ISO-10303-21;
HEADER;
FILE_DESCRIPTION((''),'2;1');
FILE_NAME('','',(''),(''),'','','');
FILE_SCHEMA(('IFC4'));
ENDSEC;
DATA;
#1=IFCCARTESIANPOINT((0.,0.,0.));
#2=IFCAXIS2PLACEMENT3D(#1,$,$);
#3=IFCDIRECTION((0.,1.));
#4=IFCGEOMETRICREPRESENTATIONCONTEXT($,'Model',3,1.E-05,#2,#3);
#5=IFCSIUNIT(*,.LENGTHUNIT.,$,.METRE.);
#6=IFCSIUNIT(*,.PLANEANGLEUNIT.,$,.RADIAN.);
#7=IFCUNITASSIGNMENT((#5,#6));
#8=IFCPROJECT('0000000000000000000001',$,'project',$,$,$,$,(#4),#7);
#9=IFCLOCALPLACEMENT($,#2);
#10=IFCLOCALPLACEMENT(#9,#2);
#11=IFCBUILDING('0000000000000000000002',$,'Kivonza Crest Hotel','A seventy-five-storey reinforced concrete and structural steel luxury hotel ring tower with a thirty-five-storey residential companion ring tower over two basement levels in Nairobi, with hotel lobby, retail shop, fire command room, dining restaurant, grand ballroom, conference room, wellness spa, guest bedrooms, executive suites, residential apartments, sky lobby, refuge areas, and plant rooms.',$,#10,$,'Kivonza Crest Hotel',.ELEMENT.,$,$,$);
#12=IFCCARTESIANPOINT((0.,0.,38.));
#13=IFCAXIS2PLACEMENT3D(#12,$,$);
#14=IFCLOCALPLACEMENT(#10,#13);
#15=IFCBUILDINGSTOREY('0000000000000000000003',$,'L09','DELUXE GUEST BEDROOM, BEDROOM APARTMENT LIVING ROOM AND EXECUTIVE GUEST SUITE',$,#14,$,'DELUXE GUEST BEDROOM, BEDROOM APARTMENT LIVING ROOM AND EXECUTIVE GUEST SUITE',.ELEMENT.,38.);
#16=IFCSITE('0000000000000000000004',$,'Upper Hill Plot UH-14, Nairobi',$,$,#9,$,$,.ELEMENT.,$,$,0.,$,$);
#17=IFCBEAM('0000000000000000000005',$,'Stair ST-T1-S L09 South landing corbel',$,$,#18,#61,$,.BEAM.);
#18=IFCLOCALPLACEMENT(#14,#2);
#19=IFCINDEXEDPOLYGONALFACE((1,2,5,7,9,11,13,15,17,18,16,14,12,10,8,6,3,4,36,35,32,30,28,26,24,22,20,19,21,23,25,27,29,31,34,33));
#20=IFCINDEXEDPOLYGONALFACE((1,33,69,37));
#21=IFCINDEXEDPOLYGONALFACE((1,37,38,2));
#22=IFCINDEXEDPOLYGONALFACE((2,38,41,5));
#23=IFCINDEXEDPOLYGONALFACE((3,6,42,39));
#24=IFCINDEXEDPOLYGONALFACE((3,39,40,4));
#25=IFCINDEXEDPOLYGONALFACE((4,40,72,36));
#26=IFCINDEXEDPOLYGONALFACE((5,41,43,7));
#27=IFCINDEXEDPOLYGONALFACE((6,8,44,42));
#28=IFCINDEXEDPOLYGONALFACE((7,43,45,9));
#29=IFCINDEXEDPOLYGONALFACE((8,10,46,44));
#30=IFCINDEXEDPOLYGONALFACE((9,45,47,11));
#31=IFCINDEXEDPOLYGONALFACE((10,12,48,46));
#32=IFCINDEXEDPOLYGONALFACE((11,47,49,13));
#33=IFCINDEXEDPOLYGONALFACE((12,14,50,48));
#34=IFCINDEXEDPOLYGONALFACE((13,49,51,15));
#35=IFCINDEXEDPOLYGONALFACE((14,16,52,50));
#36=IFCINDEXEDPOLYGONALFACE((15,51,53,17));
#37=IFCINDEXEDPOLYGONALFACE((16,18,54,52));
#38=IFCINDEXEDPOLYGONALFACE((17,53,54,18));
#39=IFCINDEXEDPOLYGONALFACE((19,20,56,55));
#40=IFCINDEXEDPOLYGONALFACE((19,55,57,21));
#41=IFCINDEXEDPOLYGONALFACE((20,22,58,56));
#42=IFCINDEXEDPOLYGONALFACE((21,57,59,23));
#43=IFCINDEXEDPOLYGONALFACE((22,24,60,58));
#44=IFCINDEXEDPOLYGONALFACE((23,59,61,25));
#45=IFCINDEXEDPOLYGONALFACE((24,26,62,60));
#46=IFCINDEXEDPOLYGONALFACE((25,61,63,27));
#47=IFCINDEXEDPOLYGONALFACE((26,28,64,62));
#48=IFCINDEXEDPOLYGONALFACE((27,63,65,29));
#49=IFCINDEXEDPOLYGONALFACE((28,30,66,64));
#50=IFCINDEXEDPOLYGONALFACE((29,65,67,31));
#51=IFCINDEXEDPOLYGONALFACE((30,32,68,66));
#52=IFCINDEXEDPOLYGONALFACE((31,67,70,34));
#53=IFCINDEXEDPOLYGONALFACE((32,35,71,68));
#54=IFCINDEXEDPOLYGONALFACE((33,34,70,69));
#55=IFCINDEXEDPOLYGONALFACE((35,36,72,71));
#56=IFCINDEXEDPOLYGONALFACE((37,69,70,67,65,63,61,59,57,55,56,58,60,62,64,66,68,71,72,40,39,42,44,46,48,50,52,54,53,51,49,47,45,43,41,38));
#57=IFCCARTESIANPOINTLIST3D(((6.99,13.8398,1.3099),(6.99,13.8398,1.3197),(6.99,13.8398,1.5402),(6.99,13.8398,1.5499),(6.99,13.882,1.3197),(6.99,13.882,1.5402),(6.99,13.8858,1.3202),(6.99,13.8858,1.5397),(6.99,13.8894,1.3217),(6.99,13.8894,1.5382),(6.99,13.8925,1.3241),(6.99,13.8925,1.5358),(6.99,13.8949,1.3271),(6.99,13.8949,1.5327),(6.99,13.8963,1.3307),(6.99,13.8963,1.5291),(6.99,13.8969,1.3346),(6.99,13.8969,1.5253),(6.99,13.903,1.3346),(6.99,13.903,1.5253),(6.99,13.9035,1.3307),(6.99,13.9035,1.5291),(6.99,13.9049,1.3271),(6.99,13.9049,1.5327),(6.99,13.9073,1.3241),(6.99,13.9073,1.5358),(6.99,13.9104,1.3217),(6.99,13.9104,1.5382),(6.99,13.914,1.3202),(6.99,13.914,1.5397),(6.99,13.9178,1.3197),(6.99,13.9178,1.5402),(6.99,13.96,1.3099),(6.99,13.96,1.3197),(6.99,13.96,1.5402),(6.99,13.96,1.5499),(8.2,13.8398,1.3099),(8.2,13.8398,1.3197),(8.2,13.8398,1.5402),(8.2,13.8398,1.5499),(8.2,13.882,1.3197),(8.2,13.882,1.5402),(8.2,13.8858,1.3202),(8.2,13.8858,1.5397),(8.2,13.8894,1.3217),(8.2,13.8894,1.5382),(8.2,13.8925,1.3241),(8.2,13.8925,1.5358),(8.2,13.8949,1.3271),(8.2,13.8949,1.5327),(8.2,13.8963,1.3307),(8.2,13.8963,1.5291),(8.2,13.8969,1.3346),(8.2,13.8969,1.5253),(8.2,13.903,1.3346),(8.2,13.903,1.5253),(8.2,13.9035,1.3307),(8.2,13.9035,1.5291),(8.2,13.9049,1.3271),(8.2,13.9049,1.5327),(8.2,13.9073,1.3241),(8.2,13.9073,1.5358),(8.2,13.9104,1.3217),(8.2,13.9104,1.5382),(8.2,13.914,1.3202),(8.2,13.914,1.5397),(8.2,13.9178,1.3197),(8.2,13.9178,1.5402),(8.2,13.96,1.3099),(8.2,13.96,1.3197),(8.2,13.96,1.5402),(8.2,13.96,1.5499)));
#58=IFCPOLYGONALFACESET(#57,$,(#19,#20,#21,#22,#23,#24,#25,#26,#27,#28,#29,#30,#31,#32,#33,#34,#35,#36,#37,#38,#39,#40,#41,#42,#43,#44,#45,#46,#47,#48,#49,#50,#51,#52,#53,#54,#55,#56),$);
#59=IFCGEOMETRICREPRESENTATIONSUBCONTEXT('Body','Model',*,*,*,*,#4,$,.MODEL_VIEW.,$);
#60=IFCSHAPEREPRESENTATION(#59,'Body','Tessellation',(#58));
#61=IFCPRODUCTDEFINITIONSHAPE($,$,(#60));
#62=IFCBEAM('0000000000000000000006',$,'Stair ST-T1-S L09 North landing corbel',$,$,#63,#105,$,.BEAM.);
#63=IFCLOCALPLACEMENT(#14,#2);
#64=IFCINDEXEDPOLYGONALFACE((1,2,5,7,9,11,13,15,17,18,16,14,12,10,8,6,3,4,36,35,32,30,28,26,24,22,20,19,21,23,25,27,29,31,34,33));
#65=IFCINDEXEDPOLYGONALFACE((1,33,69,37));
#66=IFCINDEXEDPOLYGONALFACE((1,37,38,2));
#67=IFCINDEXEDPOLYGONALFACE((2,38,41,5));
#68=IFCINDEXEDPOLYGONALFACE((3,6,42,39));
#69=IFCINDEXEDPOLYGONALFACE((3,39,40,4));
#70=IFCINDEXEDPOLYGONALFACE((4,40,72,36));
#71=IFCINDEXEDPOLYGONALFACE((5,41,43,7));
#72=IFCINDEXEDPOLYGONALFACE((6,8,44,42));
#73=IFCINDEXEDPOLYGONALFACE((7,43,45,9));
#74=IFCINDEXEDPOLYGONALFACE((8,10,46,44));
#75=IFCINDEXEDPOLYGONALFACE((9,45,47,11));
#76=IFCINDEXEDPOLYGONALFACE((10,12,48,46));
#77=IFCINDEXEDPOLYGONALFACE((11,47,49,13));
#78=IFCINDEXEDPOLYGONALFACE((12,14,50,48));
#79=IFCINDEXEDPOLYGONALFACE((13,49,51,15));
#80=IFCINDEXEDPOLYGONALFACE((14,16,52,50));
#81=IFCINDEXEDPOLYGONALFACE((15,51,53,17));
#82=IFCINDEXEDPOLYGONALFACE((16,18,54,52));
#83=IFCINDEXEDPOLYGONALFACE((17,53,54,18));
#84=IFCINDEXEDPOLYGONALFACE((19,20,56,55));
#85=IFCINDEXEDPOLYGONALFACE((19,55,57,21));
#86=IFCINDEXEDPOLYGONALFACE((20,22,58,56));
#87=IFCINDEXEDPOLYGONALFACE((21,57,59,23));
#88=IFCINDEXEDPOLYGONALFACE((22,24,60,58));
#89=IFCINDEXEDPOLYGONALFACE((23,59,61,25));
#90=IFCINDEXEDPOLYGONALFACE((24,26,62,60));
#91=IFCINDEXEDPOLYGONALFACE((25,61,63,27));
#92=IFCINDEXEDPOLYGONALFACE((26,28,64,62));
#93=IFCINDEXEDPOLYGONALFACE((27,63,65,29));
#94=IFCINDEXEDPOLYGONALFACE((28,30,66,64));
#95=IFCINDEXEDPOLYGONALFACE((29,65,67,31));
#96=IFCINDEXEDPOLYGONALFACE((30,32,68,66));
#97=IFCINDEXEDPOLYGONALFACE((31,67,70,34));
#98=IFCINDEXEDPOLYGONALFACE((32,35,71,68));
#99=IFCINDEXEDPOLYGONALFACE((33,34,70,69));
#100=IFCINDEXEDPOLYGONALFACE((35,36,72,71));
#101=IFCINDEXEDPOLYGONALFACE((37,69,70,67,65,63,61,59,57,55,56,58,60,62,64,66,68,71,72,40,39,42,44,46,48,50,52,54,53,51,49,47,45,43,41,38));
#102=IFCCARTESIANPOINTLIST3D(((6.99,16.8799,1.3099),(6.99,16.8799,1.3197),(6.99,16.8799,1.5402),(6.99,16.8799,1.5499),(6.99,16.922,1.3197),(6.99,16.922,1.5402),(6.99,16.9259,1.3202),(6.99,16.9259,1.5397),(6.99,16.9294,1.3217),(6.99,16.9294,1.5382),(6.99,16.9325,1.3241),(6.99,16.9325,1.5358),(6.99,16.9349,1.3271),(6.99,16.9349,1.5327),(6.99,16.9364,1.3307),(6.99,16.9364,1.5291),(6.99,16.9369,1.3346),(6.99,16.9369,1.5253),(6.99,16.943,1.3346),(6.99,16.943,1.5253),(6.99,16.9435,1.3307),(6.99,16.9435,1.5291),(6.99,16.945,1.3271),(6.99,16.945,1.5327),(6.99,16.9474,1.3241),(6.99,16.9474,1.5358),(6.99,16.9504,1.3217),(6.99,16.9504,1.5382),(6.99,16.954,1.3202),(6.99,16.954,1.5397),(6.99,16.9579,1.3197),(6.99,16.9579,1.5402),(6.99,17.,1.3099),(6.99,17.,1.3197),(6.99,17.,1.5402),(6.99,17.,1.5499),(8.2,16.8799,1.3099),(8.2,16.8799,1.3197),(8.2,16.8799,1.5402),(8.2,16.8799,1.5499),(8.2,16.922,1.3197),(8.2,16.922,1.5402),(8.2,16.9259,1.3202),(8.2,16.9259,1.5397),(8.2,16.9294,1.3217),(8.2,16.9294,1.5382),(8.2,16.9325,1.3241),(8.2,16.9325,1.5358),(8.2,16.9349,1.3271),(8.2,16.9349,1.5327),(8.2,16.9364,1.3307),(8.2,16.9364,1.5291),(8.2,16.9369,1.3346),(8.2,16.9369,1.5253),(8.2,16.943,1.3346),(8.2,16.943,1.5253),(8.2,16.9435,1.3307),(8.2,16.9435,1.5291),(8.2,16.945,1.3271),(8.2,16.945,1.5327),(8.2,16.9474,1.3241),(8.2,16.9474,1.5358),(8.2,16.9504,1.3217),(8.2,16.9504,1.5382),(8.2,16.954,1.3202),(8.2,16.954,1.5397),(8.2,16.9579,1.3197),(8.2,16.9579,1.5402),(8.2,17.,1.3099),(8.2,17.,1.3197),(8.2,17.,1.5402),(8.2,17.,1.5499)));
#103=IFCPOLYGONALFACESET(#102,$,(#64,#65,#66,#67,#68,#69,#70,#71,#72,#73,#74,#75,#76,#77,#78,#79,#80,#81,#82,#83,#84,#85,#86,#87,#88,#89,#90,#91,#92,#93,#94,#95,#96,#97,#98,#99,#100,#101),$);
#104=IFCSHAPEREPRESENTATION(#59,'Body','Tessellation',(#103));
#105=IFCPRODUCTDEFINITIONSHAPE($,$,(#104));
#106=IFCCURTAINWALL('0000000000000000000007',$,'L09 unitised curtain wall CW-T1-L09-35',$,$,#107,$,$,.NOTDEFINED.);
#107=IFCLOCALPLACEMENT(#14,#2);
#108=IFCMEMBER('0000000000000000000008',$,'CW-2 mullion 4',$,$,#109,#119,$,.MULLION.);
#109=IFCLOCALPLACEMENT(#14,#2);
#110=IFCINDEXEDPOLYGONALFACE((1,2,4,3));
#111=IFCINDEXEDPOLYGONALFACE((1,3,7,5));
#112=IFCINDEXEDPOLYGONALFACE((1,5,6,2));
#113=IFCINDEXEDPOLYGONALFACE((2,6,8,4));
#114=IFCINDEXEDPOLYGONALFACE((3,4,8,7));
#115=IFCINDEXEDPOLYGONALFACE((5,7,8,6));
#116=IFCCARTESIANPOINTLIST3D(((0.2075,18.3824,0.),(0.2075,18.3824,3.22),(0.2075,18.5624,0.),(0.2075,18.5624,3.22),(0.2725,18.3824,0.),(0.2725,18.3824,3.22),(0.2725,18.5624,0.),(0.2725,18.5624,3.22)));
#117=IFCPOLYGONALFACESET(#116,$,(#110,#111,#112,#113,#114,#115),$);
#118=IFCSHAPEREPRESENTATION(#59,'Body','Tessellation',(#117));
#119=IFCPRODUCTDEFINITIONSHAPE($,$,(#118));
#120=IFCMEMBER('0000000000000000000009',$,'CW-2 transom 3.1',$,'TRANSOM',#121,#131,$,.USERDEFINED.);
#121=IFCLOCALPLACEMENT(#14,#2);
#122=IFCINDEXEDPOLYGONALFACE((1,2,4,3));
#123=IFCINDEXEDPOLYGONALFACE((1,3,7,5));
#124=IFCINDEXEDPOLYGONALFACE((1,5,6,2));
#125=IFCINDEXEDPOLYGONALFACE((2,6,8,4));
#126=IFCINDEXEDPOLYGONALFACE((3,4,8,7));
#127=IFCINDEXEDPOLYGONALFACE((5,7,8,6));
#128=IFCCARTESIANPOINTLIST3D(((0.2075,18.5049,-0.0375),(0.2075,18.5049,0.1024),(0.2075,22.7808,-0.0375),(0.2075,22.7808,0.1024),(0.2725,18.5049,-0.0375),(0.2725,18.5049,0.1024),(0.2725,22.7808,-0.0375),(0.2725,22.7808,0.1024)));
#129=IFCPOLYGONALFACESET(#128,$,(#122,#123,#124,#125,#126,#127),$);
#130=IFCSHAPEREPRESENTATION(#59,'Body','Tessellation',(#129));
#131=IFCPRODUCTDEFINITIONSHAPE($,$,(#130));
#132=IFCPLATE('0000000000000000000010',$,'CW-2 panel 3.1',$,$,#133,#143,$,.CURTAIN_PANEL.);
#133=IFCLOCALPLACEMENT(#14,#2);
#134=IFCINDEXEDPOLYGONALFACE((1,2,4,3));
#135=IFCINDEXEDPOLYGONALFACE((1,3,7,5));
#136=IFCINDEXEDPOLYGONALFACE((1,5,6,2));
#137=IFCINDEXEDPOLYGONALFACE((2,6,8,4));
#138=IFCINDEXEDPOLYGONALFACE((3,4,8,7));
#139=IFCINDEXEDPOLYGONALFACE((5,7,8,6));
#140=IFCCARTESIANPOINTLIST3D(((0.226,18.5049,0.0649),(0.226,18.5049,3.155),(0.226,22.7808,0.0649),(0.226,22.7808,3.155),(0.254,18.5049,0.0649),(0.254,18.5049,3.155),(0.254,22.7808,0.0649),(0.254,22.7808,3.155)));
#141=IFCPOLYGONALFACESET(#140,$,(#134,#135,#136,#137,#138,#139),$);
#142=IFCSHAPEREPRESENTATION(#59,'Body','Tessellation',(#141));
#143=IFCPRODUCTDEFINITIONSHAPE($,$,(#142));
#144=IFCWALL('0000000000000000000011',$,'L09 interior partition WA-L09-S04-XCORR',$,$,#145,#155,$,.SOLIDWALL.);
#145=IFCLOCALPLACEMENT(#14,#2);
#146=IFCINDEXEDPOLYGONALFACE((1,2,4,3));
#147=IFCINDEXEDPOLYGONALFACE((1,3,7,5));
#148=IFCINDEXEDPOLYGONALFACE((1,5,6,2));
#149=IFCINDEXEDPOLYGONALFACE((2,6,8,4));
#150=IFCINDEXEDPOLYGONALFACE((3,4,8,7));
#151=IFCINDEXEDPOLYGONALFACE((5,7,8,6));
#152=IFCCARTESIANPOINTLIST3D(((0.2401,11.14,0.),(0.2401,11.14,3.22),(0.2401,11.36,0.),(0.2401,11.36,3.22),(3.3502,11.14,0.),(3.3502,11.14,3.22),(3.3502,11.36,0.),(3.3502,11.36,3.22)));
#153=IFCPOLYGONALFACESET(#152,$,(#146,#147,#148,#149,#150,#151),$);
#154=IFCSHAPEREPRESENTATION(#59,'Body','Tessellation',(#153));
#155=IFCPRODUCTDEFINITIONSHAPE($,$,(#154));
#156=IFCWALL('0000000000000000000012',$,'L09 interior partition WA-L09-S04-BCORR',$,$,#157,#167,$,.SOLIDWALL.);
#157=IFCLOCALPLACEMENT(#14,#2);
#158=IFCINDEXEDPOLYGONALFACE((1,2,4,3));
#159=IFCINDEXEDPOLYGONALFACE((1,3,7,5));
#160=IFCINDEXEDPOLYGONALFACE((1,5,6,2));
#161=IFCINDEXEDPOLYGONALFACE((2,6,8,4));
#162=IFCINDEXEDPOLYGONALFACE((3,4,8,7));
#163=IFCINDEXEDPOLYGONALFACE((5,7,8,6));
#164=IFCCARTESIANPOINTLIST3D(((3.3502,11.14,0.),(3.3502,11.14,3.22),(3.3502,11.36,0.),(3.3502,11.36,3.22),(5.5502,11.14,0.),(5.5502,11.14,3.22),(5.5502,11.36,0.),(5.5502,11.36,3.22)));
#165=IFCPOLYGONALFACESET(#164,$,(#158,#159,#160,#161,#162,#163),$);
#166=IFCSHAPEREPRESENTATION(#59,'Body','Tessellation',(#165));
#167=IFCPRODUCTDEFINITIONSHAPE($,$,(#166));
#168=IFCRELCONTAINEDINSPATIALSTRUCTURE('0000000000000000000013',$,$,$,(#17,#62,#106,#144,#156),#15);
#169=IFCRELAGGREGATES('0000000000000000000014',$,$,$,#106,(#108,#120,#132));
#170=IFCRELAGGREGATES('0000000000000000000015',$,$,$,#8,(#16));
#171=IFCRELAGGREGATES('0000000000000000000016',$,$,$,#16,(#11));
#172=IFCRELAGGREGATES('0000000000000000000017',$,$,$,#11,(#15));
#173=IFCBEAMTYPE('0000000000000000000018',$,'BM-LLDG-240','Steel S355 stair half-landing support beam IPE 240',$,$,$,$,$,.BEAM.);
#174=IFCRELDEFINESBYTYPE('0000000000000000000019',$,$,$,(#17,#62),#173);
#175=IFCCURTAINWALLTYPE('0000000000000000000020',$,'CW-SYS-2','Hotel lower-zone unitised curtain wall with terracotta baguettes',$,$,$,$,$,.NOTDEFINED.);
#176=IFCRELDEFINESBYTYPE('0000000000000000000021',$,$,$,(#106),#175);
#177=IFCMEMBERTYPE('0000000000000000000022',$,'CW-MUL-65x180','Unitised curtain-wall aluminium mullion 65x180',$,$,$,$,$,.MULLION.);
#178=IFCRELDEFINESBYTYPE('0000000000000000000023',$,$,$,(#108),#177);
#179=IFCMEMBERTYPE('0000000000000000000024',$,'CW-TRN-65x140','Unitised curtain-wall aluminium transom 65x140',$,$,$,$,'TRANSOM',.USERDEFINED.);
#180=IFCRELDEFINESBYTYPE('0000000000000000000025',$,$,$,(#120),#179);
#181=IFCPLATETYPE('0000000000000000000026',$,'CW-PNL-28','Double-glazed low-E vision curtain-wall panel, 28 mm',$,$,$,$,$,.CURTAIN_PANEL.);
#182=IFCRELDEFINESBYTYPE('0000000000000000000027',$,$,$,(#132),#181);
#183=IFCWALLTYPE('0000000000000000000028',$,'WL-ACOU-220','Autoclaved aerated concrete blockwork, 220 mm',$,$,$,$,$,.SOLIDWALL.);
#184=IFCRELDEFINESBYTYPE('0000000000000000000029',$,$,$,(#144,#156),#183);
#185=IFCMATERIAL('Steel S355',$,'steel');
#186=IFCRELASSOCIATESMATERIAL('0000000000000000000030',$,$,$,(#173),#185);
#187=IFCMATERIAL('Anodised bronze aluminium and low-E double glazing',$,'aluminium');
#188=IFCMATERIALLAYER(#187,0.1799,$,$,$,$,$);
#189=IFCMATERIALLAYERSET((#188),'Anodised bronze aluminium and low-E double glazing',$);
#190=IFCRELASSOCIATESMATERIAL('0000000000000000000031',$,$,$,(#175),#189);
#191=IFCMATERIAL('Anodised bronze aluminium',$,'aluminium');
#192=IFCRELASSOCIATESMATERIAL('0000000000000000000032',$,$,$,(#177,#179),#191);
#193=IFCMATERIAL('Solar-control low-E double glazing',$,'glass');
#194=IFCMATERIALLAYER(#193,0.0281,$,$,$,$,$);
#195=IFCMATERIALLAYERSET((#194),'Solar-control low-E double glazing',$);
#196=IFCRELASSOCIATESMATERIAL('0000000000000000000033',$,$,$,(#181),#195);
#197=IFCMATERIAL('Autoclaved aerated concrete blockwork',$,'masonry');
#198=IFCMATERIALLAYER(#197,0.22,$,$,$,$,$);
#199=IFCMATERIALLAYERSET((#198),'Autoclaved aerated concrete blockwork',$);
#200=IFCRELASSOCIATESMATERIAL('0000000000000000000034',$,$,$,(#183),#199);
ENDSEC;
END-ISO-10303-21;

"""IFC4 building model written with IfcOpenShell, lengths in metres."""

from ifc_helpers import new_model, si_unit, direction, frame, frame_2d, origin, origin_2d, place, context, subcontext, project, spatial, rectangle, i_section, extrude, material, layer, layer_set, material_profile, profile_set, type_object, element, aggregate, save


model = new_model("IFC4")

# Units and contexts
model_context = context("Model", 3, precision=1e-05, world=origin(), true_north=direction((0.0, 1.0)))
body_context = subcontext(model_context, "Body", "Model", "MODEL_VIEW")
ifc_project = project(units=[si_unit("LENGTHUNIT", "METRE"), si_unit("PLANEANGLEUNIT", "RADIAN")], contexts=[model_context])

# Site, building, storey
site_placement = place(None, origin())
site = spatial("IfcSite", under=ifc_project, at=site_placement, Name="Upper Hill Plot UH-14, Nairobi", CompositionType="ELEMENT", RefElevation=0.0)
building_placement = place(site_placement, origin())
building = spatial("IfcBuilding", under=site, at=building_placement, Name="Kivonza Crest Hotel", Description="A seventy-five-storey reinforced concrete and structural steel luxury hotel ring tower with a thirty-five-storey residential companion ring tower over two basement levels in Nairobi, with hotel lobby, retail shop, fire command room, dining restaurant, grand ballroom, conference room, wellness spa, guest bedrooms, executive suites, residential apartments, sky lobby, refuge areas, and plant rooms.", LongName="Kivonza Crest Hotel", CompositionType="ELEMENT")
storey_placement = place(building_placement, frame((0.0, 0.0, 38.0)))
storey = spatial("IfcBuildingStorey", under=building, at=storey_placement, Name="L09", Description="DELUXE GUEST BEDROOM, BEDROOM APARTMENT LIVING ROOM AND EXECUTIVE GUEST SUITE", LongName="DELUXE GUEST BEDROOM, BEDROOM APARTMENT LIVING ROOM AND EXECUTIVE GUEST SUITE", CompositionType="ELEMENT", Elevation=38.0)

# Beams
ifc_material_1 = material(Name="Steel S355", Category="steel")
ifc_material_profile_1 = material_profile(ifc_material_1, i_section(OverallWidth=0.1201, OverallDepth=0.24, WebThickness=0.0061, FlangeThickness=0.0098, FilletRadius=0.0149, at=origin_2d()), Name="IPE 240")
ifc_profile_set_1 = profile_set([ifc_material_profile_1], Name="Steel S355")
beam_type_1 = type_object("IfcBeamType", Name="BM-LLDG-240", Description="Steel S355 stair half-landing support beam IPE 240", PredefinedType="BEAM", material=ifc_profile_set_1)
for number, where, z_axis, x_axis, name in (
    (1, (6.99, 13.8999, 1.4299), (1.0, 0.0, 0.0), (0.0, 1.0, 0.0), "Stair ST-T1-S L09 South landing corbel"),
    (2, (6.99, 16.9399, 1.4299), (1.0, 0.0, 0.0), (0.0, 1.0, 0.0), "Stair ST-T1-S L09 North landing corbel"),
):
    element("IfcBeam", number, at=place(storey_placement, frame(where, z_axis=z_axis, x_axis=x_axis)), inside=storey, type_object=beam_type_1, Name=name, PredefinedType="BEAM", context=body_context, shape_type="SweptSolid", body=[
        extrude(i_section(OverallWidth=0.1201, OverallDepth=0.24, WebThickness=0.0061, FlangeThickness=0.0098, FilletRadius=0.0149, at=origin_2d()), origin(), (0.0, 0.0, 1.0), 1.21),
    ])

# Curtain wall, members, plate
ifc_material_2 = material(Name="Anodised bronze aluminium and low-E double glazing", Category="aluminium")
ifc_layer_1 = layer(ifc_material_2, 0.1799)
ifc_layer_set_1 = layer_set([ifc_layer_1], Name="Anodised bronze aluminium and low-E double glazing")
curtain_wall_type = type_object("IfcCurtainWallType", Name="CW-SYS-2", Description="Hotel lower-zone unitised curtain wall with terracotta baguettes", PredefinedType="NOTDEFINED", material=ifc_layer_set_1)
curtain_wall_placement = place(storey_placement, origin())
curtain_wall = element("IfcCurtainWall", 3, at=curtain_wall_placement, inside=storey, type_object=curtain_wall_type, Name="L09 unitised curtain wall CW-T1-L09-35", PredefinedType="NOTDEFINED")
ifc_material_3 = material(Name="Anodised bronze aluminium", Category="aluminium")
ifc_material_profile_2 = material_profile(ifc_material_3, rectangle(XDim=0.0649, YDim=0.1799, at=origin_2d()), Name="CW-M 65x180")
ifc_profile_set_2 = profile_set([ifc_material_profile_2], Name="Anodised bronze aluminium")
member_type_1 = type_object("IfcMemberType", Name="CW-MUL-65x180", Description="Unitised curtain-wall aluminium mullion 65x180", PredefinedType="MULLION", material=ifc_profile_set_2)
member_1_placement = place(storey_placement, frame((0.24, 18.4724, 0.0), z_axis=(0.0, 0.0, 1.0), x_axis=(1.0, 0.0, 0.0)))
member_1 = element("IfcMember", 4, at=member_1_placement, type_object=member_type_1, Name="CW-2 mullion 4", PredefinedType="MULLION", context=body_context, shape_type="SweptSolid", body=[
    extrude(rectangle(XDim=0.0649, YDim=0.1799, at=origin_2d()), origin(), (0.0, 0.0, 1.0), 3.22),
])
ifc_material_profile_3 = material_profile(ifc_material_3, rectangle(XDim=0.0649, YDim=0.1399, at=origin_2d()), Name="CW-T 65x140")
ifc_profile_set_3 = profile_set([ifc_material_profile_3], Name="Anodised bronze aluminium")
member_type_2 = type_object("IfcMemberType", Name="CW-TRN-65x140", Description="Unitised curtain-wall aluminium transom 65x140", ElementType="TRANSOM", PredefinedType="USERDEFINED", material=ifc_profile_set_3)
member_2_placement = place(storey_placement, frame((0.24, 22.7808, 0.0325), z_axis=(0.0, -1.0, 0.0), x_axis=(1.0, 0.0, 0.0)))
member_2 = element("IfcMember", 5, at=member_2_placement, type_object=member_type_2, Name="CW-2 transom 3.1", ObjectType="TRANSOM", PredefinedType="USERDEFINED", context=body_context, shape_type="SweptSolid", body=[
    extrude(rectangle(XDim=0.0649, YDim=0.1399, at=origin_2d()), origin(), (0.0, 0.0, 1.0), 4.2759),
])
ifc_material_4 = material(Name="Solar-control low-E double glazing", Category="glass")
ifc_layer_2 = layer(ifc_material_4, 0.0281)
ifc_layer_set_2 = layer_set([ifc_layer_2], Name="Solar-control low-E double glazing")
plate_type = type_object("IfcPlateType", Name="CW-PNL-28", Description="Double-glazed low-E vision curtain-wall panel, 28 mm", PredefinedType="CURTAIN_PANEL", material=ifc_layer_set_2)
plate_placement = place(storey_placement, frame((0.24, 20.6428, 0.0649), z_axis=(0.0, 0.0, 1.0), x_axis=(0.0, -1.0, 0.0)))
plate = element("IfcPlate", 6, at=plate_placement, type_object=plate_type, Name="CW-2 panel 3.1", PredefinedType="CURTAIN_PANEL", context=body_context, shape_type="SweptSolid", body=[
    extrude(rectangle(XDim=4.2759, YDim=0.0281, at=origin_2d()), origin(), (0.0, 0.0, 1.0), 3.0901),
])
aggregate(curtain_wall, [member_1, member_2, plate])

# Walls
ifc_material_5 = material(Name="Autoclaved aerated concrete blockwork", Category="masonry")
ifc_layer_3 = layer(ifc_material_5, 0.22)
ifc_layer_set_3 = layer_set([ifc_layer_3], Name="Autoclaved aerated concrete blockwork")
wall_type_1 = type_object("IfcWallType", Name="WL-ACOU-220", Description="Autoclaved aerated concrete blockwork, 220 mm", PredefinedType="SOLIDWALL", material=ifc_layer_set_3)
wall_1_placement = place(storey_placement, frame((0.24, 11.25, 0.0), z_axis=(0.0, 0.0, 1.0), x_axis=(1.0, 0.0, 0.0)))
element("IfcWall", 7, at=wall_1_placement, inside=storey, type_object=wall_type_1, Name="L09 interior partition WA-L09-S04-XCORR", PredefinedType="SOLIDWALL", context=body_context, shape_type="SweptSolid", body=[
    extrude(rectangle(XDim=3.1101, YDim=0.22, at=frame_2d((1.5552, 0.0))), origin(), (0.0, 0.0, 1.0), 3.22),
])
wall_2_placement = place(storey_placement, frame((3.3501, 11.25, 0.0), z_axis=(0.0, 0.0, 1.0), x_axis=(1.0, 0.0, 0.0)))
element("IfcWall", 8, at=wall_2_placement, inside=storey, type_object=wall_type_1, Name="L09 interior partition WA-L09-S04-BCORR", PredefinedType="SOLIDWALL", context=body_context, shape_type="SweptSolid", body=[
    extrude(rectangle(XDim=2.2, YDim=0.22, at=frame_2d((1.1001, 0.0))), origin(), (0.0, 0.0, 1.0), 3.22),
])

save(model, "model.ifc")
